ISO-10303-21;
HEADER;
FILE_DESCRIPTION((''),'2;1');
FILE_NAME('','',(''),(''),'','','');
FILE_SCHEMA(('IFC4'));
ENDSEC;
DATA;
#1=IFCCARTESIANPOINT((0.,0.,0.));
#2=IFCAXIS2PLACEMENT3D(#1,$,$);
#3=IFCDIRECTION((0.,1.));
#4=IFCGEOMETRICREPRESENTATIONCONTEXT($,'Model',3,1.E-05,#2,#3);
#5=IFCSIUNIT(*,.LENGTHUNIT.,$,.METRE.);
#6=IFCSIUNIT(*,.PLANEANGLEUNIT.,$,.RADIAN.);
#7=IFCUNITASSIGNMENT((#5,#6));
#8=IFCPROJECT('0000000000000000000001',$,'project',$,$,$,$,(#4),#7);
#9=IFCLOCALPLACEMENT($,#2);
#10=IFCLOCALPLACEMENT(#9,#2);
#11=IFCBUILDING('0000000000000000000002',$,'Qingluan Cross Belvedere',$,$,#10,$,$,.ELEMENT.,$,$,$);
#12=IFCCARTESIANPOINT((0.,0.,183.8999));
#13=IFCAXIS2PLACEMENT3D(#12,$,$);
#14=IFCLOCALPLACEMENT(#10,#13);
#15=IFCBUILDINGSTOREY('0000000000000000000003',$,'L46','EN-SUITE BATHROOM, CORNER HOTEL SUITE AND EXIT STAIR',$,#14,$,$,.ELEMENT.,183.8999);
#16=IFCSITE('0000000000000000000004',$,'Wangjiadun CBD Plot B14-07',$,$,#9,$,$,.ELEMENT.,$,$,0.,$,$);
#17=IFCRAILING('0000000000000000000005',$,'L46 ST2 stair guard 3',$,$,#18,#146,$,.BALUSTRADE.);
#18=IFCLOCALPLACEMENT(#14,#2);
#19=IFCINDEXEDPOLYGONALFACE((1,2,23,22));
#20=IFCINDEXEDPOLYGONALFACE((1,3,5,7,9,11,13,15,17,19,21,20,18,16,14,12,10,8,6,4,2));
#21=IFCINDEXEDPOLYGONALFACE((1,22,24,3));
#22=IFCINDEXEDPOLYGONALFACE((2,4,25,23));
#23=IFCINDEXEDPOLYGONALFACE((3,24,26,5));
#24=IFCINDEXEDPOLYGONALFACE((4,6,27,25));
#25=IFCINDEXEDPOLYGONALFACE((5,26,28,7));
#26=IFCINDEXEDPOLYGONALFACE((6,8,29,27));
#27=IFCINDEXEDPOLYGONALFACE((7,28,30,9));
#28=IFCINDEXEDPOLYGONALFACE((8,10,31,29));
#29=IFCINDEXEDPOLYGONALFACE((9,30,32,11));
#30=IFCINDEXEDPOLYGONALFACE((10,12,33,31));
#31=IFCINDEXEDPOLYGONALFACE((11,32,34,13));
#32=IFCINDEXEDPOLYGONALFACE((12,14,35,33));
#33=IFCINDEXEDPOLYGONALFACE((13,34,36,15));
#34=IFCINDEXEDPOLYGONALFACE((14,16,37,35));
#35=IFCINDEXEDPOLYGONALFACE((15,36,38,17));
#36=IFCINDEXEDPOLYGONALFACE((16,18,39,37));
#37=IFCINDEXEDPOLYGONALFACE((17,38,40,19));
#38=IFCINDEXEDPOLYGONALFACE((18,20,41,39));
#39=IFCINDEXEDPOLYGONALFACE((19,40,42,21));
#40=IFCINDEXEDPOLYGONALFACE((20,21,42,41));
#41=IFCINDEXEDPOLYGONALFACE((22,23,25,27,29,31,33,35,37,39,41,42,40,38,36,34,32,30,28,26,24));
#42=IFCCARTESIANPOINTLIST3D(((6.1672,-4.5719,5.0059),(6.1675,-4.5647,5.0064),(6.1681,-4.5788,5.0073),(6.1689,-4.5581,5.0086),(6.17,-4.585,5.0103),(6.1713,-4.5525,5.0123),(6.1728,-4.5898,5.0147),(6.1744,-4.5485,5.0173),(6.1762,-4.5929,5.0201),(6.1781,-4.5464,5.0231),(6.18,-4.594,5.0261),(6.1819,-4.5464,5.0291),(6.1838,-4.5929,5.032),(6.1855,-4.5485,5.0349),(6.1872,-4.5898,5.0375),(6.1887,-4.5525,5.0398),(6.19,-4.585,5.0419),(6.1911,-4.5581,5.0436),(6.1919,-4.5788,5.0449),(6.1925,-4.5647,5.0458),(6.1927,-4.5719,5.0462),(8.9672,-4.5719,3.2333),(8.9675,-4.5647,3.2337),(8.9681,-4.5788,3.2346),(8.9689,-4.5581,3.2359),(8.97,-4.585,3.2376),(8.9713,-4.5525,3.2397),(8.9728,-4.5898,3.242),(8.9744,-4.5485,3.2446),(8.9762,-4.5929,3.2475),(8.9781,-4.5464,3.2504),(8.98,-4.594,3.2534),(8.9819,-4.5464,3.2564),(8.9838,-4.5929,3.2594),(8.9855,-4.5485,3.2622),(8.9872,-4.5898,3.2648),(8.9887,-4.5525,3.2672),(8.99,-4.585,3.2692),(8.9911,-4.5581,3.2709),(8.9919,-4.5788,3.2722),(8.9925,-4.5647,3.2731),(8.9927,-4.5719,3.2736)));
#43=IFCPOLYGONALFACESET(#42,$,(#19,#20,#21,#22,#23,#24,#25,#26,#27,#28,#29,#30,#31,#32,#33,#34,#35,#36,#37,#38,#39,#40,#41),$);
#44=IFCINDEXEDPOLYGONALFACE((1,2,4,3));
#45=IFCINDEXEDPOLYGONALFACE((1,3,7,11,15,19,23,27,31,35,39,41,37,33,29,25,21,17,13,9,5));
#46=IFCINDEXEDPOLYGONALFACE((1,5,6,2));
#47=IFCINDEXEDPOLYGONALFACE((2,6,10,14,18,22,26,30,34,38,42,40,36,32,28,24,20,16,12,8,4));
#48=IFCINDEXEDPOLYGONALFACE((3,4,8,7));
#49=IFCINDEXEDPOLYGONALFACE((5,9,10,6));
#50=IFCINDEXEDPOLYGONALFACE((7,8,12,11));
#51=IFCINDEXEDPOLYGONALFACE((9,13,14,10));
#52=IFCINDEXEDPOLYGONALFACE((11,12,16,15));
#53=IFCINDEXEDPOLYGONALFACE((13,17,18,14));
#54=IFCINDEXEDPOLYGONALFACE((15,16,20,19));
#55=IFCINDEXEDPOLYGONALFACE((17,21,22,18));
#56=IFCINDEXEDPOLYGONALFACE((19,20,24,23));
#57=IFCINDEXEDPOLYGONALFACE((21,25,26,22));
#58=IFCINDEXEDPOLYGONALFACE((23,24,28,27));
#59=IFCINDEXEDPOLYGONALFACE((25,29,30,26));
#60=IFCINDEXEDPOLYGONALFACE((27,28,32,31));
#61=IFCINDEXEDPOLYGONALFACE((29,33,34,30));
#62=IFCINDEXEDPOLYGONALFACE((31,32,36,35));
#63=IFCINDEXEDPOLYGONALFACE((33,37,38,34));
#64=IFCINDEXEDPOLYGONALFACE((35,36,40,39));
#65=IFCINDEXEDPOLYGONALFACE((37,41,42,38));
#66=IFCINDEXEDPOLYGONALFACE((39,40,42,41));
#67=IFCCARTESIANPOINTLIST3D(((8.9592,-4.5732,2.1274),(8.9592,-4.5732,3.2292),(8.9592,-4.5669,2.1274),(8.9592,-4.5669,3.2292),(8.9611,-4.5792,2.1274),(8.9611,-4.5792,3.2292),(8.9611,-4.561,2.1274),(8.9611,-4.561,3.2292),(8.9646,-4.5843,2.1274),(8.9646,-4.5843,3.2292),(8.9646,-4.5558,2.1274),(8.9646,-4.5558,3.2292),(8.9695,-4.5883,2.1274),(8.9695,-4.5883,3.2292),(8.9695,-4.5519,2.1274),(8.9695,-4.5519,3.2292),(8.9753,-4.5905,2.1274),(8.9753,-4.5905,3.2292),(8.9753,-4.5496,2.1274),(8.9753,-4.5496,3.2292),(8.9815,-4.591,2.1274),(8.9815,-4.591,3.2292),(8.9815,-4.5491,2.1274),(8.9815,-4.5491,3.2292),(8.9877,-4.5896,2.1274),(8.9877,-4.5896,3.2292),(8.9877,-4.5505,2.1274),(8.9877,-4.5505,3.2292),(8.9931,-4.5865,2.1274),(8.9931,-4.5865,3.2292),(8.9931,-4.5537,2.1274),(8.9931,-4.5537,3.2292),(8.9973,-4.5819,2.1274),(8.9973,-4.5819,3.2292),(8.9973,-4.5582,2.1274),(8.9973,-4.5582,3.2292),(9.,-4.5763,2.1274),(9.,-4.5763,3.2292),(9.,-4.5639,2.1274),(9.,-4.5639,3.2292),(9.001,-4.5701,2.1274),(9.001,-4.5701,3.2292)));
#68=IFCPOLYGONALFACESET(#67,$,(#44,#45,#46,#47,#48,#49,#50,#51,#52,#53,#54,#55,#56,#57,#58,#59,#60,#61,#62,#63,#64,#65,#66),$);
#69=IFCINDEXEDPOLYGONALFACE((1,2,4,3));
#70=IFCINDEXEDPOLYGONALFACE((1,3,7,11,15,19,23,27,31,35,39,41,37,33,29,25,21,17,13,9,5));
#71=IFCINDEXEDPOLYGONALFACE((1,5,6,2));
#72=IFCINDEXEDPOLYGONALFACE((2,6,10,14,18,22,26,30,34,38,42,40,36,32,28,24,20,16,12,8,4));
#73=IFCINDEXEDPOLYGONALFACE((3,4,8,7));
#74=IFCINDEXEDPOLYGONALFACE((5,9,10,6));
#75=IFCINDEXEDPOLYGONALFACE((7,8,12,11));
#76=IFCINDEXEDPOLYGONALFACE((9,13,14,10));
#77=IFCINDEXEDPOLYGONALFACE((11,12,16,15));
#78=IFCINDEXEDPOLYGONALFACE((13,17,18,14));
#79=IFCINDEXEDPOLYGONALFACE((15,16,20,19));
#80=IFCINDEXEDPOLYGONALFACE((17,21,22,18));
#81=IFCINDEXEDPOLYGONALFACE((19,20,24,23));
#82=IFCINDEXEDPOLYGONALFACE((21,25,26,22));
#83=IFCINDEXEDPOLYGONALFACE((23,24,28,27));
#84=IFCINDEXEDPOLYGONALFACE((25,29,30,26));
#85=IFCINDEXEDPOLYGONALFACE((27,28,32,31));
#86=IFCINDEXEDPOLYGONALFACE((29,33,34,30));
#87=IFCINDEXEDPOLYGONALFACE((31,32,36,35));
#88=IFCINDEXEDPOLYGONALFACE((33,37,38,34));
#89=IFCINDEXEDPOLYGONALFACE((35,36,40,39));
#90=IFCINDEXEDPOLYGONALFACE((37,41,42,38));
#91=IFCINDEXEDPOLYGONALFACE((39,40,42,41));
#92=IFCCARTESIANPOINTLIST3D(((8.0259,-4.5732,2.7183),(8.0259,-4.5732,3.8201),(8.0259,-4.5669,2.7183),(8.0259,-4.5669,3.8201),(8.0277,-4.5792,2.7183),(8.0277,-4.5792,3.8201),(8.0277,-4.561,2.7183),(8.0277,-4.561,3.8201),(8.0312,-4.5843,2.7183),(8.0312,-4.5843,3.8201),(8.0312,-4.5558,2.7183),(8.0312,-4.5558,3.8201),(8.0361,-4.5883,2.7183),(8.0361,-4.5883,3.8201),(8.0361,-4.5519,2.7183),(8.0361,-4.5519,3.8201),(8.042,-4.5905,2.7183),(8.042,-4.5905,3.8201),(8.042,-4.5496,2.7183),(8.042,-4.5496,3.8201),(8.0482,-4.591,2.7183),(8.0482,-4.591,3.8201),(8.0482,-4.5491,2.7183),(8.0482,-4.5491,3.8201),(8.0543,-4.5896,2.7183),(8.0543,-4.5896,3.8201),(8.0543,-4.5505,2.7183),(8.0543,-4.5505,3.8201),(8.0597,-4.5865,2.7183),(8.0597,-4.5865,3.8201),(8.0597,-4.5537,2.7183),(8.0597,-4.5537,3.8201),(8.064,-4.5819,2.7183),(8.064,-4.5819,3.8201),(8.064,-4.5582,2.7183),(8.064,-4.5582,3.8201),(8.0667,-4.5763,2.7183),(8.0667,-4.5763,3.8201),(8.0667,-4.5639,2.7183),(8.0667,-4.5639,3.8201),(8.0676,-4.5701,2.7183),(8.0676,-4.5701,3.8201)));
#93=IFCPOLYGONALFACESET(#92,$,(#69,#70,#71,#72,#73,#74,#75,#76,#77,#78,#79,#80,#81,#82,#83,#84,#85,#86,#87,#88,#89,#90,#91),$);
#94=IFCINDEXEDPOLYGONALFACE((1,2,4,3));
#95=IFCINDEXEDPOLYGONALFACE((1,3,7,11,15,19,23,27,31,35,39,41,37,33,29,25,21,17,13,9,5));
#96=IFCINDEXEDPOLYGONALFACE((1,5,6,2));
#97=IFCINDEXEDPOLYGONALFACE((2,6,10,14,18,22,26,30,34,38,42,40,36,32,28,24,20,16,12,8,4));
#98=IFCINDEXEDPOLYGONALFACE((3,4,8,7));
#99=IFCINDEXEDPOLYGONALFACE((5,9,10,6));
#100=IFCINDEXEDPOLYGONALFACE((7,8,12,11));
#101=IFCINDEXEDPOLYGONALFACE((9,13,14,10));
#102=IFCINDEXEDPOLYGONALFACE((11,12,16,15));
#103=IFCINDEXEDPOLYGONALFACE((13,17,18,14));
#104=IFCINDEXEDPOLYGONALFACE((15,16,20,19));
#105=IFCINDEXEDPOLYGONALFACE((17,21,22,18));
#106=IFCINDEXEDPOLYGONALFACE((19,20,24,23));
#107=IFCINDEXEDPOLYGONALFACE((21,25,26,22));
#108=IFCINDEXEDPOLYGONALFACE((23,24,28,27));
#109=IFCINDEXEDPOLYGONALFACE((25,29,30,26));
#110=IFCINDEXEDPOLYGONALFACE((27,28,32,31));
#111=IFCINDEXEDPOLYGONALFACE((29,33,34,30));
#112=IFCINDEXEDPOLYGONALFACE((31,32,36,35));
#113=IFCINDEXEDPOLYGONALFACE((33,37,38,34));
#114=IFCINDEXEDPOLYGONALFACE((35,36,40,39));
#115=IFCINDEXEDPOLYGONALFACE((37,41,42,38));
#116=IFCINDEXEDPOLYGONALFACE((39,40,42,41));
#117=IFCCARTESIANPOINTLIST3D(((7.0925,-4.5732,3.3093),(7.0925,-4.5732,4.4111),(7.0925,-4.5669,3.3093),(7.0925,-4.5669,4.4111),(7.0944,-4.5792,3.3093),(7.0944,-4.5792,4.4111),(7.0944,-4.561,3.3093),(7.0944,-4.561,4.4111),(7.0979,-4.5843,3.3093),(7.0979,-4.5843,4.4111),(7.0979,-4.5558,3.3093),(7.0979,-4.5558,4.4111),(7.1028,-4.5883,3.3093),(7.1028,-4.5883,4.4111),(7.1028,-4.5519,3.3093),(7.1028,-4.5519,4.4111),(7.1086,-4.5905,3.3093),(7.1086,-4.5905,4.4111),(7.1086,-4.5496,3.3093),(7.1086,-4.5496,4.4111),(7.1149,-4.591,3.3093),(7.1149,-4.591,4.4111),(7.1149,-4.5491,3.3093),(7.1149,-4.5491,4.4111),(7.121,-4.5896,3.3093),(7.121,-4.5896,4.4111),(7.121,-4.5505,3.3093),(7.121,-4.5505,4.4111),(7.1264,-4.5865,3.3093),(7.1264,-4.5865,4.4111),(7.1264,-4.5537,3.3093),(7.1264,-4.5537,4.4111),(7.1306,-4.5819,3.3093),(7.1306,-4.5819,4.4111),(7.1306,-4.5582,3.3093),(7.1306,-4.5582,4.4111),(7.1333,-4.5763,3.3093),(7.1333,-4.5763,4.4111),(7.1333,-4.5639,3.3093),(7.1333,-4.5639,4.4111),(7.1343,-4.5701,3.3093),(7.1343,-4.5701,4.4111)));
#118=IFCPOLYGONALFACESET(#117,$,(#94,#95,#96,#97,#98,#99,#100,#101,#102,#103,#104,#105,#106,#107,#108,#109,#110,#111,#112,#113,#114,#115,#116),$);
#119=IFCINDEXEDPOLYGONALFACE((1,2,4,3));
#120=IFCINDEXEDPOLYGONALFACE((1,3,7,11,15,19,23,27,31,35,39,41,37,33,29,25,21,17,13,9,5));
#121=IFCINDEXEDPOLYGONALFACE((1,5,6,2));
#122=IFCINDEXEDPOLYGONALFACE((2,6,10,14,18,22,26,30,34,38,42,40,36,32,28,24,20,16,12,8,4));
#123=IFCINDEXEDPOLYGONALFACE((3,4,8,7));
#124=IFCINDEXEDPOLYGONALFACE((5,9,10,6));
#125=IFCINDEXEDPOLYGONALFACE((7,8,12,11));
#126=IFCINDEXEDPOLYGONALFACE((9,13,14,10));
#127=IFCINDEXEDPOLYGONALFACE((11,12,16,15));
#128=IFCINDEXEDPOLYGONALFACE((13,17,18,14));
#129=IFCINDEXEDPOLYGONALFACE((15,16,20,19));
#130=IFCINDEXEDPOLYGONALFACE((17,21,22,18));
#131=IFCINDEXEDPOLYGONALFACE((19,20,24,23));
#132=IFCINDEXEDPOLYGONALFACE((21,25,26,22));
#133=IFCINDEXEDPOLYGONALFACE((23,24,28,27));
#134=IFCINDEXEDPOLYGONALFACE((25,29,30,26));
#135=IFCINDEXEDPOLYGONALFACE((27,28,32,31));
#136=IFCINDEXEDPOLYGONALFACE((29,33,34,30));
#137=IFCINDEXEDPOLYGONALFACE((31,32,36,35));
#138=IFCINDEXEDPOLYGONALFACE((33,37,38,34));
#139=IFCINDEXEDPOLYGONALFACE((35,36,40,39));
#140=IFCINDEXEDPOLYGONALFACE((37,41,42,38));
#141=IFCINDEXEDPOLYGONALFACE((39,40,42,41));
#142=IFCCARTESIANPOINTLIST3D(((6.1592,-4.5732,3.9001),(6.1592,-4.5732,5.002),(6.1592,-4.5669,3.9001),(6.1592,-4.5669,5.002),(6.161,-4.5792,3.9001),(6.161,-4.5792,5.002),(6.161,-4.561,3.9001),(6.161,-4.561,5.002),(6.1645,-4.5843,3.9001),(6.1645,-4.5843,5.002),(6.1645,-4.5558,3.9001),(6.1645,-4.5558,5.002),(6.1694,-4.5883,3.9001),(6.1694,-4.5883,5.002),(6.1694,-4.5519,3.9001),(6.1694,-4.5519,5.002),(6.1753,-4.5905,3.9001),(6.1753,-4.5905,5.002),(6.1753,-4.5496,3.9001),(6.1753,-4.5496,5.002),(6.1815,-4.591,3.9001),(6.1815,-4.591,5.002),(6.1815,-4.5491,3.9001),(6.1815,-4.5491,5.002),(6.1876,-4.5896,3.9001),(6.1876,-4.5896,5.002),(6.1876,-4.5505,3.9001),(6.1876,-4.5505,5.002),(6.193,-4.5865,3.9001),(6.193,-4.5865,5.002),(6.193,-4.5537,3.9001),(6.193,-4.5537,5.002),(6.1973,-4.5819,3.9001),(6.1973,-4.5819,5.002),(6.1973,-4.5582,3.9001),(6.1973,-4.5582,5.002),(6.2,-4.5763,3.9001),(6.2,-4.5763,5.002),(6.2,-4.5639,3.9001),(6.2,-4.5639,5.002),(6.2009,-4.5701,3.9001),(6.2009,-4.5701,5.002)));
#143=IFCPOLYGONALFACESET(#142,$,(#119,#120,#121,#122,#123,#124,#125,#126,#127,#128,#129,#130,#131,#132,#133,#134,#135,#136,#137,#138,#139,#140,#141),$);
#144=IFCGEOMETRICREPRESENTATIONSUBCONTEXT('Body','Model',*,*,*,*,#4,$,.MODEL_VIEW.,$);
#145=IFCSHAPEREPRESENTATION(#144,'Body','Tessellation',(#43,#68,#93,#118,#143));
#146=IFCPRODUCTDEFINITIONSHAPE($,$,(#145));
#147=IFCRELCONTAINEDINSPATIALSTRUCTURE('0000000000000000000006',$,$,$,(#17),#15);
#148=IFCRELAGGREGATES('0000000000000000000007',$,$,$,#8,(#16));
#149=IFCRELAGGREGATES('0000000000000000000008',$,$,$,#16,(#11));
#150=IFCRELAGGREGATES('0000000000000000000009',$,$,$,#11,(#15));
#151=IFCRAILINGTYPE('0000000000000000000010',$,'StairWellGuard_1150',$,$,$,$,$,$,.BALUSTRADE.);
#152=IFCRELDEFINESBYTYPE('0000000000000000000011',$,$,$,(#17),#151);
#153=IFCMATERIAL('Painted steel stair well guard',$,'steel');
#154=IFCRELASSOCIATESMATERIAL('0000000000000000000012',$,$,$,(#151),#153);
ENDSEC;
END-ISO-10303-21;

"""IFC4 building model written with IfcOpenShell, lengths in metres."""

from ifc_helpers import new_model, si_unit, direction, frame, origin, origin_2d, place, context, subcontext, project, spatial, circle, extrude, material, type_object, element, save


model = new_model("IFC4")

# Units and contexts
model_context = context("Model", 3, precision=1e-05, world=origin(), true_north=direction((0.0, 1.0)))
body_context = subcontext(model_context, "Body", "Model", "MODEL_VIEW")
ifc_project = project(units=[si_unit("LENGTHUNIT", "METRE"), si_unit("PLANEANGLEUNIT", "RADIAN")], contexts=[model_context])

# Site, building, storey
site_placement = place(None, origin())
site = spatial("IfcSite", under=ifc_project, at=site_placement, Name="Wangjiadun CBD Plot B14-07", CompositionType="ELEMENT", RefElevation=0.0)
building_placement = place(site_placement, origin())
building = spatial("IfcBuilding", under=site, at=building_placement, Name="Qingluan Cross Belvedere", CompositionType="ELEMENT")
storey_placement = place(building_placement, frame((0.0, 0.0, 183.8999)))
storey = spatial("IfcBuildingStorey", under=building, at=storey_placement, Name="L46", Description="EN-SUITE BATHROOM, CORNER HOTEL SUITE AND EXIT STAIR", CompositionType="ELEMENT", Elevation=183.8999)

# Railing
ifc_material_1 = material(Name="Painted steel stair well guard", Category="steel")
railing_type_1 = type_object("IfcRailingType", Name="StairWellGuard_1150", PredefinedType="BALUSTRADE", material=ifc_material_1)
railing_1_placement = place(storey_placement, frame((8.98, -4.5701, 2.1274)))
element("IfcRailing", 1, at=railing_1_placement, inside=storey, type_object=railing_type_1, Name="L46 ST2 stair guard 3", PredefinedType="BALUSTRADE", context=body_context, shape_type="SweptSolid", body=[
    extrude(circle(Radius=0.0239, at=origin_2d()), frame((0.0, 0.0, 1.126), z_axis=(-0.844909, 0.0, 0.53491), x_axis=(0.0, -1.0, 0.0)), (0.0, 0.0, 1.0), 3.314),
    extrude(circle(Radius=0.021, at=origin_2d()), origin(), (0.0, 0.0, 1.0), 1.1018),
    extrude(circle(Radius=0.021, at=origin_2d()), frame((-0.9333, 0.0, 0.5908)), (0.0, 0.0, 1.0), 1.1018),
    extrude(circle(Radius=0.021, at=origin_2d()), frame((-1.8667, 0.0, 1.1819)), (0.0, 0.0, 1.0), 1.1018),
    extrude(circle(Radius=0.021, at=origin_2d()), frame((-2.8, 0.0, 1.7727)), (0.0, 0.0, 1.0), 1.1018),
])

save(model, "model.ifc")
